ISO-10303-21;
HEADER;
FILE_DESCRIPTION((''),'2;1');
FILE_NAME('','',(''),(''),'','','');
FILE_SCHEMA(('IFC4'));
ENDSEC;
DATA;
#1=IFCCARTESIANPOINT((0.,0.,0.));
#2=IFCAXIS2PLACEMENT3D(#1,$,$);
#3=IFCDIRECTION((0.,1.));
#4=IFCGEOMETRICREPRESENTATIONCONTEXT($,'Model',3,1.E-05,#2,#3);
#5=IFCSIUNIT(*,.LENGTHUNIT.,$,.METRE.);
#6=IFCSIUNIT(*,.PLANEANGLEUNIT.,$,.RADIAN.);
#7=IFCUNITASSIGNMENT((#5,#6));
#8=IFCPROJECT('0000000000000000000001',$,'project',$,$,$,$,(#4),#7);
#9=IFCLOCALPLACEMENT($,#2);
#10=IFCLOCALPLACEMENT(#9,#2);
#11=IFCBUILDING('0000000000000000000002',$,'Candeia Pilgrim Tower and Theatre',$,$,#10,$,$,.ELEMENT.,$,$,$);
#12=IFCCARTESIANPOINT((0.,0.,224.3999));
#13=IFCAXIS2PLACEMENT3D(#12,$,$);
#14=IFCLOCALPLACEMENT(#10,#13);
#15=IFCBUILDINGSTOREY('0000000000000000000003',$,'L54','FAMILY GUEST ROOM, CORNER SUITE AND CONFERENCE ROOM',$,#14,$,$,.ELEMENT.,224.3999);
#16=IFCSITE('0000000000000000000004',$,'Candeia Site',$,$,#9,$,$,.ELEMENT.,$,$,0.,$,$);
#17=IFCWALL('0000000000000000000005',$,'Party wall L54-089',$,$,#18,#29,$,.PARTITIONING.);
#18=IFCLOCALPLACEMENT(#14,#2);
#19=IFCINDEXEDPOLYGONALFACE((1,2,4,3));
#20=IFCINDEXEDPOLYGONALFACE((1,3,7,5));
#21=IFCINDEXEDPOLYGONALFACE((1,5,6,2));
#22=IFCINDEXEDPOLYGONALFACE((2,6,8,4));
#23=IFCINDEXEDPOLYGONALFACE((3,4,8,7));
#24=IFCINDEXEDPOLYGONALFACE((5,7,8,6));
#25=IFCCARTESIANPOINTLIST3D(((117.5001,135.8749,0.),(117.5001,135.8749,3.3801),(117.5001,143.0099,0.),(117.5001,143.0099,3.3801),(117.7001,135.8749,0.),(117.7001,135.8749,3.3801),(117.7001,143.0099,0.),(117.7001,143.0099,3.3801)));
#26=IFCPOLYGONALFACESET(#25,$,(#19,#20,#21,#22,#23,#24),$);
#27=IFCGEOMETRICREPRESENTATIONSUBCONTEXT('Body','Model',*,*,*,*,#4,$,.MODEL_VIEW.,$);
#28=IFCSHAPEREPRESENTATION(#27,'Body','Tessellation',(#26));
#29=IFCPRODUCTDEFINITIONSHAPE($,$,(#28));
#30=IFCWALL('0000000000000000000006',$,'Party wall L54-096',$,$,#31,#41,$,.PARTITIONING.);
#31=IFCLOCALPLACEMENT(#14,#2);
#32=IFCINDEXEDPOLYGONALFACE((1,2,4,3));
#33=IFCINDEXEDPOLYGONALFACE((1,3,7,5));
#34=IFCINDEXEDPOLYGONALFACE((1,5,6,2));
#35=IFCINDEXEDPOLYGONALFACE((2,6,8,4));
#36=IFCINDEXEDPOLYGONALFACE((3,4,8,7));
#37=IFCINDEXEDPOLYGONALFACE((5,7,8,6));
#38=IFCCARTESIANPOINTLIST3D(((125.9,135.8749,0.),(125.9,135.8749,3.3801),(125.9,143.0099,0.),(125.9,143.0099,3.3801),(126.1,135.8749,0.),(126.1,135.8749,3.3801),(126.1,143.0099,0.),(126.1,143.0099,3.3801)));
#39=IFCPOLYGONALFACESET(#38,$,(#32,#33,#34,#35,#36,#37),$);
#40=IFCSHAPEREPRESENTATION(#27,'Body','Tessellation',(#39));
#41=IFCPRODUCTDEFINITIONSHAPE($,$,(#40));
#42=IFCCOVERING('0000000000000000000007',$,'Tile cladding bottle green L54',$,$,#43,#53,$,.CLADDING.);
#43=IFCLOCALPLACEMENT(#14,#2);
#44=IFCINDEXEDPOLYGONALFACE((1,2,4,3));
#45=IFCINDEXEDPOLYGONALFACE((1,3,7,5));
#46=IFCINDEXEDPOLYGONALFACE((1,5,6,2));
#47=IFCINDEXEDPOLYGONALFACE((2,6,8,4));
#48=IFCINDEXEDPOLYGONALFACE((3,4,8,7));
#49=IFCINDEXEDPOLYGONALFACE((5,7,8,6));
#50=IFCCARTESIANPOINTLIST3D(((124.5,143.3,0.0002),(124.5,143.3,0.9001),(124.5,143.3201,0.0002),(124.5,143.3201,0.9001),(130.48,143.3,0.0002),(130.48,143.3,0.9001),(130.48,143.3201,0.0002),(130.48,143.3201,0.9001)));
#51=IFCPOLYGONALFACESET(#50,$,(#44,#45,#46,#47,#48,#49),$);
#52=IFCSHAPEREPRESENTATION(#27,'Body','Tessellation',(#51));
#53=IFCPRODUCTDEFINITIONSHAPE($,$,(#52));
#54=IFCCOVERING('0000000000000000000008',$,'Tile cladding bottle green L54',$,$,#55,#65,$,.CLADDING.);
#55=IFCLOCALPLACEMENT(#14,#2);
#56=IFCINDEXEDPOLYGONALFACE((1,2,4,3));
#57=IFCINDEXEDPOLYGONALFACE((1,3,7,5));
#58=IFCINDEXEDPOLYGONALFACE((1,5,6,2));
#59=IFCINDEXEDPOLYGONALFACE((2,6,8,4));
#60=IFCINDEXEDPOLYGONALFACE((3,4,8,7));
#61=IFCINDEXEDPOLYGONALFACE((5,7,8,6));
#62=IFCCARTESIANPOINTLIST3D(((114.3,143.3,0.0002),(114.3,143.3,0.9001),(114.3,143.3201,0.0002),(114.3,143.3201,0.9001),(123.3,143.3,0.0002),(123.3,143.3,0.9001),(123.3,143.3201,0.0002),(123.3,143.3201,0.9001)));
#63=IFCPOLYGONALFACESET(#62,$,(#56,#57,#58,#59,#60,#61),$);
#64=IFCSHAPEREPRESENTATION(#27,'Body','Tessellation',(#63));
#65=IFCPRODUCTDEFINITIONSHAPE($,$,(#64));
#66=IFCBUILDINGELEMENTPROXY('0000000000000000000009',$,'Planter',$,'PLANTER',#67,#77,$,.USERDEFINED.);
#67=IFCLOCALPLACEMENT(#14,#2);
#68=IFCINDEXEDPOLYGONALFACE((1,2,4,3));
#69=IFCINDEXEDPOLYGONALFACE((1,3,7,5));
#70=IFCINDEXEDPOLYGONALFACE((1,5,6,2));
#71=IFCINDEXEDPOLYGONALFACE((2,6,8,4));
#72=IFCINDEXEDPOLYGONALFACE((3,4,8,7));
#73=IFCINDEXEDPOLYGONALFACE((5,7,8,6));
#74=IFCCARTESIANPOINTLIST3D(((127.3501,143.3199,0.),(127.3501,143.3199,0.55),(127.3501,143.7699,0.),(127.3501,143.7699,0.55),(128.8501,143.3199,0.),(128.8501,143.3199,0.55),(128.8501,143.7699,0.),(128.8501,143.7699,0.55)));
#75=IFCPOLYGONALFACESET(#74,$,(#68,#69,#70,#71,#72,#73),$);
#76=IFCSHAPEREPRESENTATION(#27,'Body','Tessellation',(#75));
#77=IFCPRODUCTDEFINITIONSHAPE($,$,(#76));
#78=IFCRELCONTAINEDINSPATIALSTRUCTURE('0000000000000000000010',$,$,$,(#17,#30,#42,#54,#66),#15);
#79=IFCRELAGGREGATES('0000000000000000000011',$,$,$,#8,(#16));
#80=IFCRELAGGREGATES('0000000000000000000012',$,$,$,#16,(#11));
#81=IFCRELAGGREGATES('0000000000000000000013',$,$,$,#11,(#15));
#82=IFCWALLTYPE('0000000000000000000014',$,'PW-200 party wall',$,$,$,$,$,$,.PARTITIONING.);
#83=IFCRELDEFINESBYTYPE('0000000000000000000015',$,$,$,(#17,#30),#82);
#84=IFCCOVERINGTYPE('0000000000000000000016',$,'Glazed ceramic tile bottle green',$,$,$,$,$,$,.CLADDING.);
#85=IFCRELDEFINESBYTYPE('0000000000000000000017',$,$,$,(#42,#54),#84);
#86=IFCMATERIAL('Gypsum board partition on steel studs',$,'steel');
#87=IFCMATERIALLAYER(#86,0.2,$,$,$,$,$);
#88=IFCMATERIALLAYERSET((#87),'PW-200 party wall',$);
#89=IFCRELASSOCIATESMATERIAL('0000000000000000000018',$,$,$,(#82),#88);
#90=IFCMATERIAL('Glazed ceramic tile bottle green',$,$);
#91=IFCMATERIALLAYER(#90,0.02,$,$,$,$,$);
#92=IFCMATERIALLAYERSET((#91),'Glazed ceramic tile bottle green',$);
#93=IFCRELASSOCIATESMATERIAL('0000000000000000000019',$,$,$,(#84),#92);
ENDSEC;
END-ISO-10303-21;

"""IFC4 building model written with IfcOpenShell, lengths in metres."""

from ifc_helpers import new_model, si_unit, direction, frame, frame_2d, origin, origin_2d, place, context, subcontext, project, spatial, rectangle, extrude, material, layer, layer_set, type_object, element, save


model = new_model("IFC4")

# Units and contexts
model_context = context("Model", 3, precision=1e-05, world=origin(), true_north=direction((0.0, 1.0)))
body_context = subcontext(model_context, "Body", "Model", "MODEL_VIEW")
ifc_project = project(units=[si_unit("LENGTHUNIT", "METRE"), si_unit("PLANEANGLEUNIT", "RADIAN")], contexts=[model_context])

# Site, building, storey
site_placement = place(None, origin())
site = spatial("IfcSite", under=ifc_project, at=site_placement, Name="Candeia Site", CompositionType="ELEMENT", RefElevation=0.0)
building_placement = place(site_placement, origin())
building = spatial("IfcBuilding", under=site, at=building_placement, Name="Candeia Pilgrim Tower and Theatre", CompositionType="ELEMENT")
storey_placement = place(building_placement, frame((0.0, 0.0, 224.3999)))
storey = spatial("IfcBuildingStorey", under=building, at=storey_placement, Name="L54", Description="FAMILY GUEST ROOM, CORNER SUITE AND CONFERENCE ROOM", CompositionType="ELEMENT", Elevation=224.3999)

# Shared definitions
ifc_material_1 = material(Name="Gypsum board partition on steel studs", Category="steel")

# Walls
ifc_layer_1 = layer(ifc_material_1, 0.2)
ifc_layer_set_1 = layer_set([ifc_layer_1], Name="PW-200 party wall")
wall_type_1 = type_object("IfcWallType", Name="PW-200 party wall", PredefinedType="PARTITIONING", material=ifc_layer_set_1)
for number, where, z_axis, x_axis, name in (
    (1, (117.6001, 135.875, 0.0), (0.0, 0.0, 1.0), (0.0, 1.0, 0.0), "Party wall L54-089"),
    (2, (126.0, 135.875, 0.0), (0.0, 0.0, 1.0), (0.0, 1.0, 0.0), "Party wall L54-096"),
):
    element("IfcWall", number, at=place(storey_placement, frame(where, z_axis=z_axis, x_axis=x_axis)), inside=storey, type_object=wall_type_1, Name=name, PredefinedType="PARTITIONING", context=body_context, shape_type="SweptSolid", body=[
        extrude(rectangle(XDim=7.135, YDim=0.2, at=frame_2d((3.5674, 0.0))), origin(), (0.0, 0.0, 1.0), 3.3801),
    ])

# Coverings
ifc_material_2 = material(Name="Glazed ceramic tile bottle green")
ifc_layer_2 = layer(ifc_material_2, 0.02)
ifc_layer_set_2 = layer_set([ifc_layer_2], Name="Glazed ceramic tile bottle green")
covering_type = type_object("IfcCoveringType", Name="Glazed ceramic tile bottle green", PredefinedType="CLADDING", material=ifc_layer_set_2)
covering_1_placement = place(storey_placement, frame((127.49, 143.3101, 0.0002), z_axis=(0.0, 0.0, 1.0), x_axis=(-1.0, 0.0, 0.0)))
element("IfcCovering", 3, at=covering_1_placement, inside=storey, type_object=covering_type, Name="Tile cladding bottle green L54", PredefinedType="CLADDING", context=body_context, shape_type="SweptSolid", body=[
    extrude(rectangle(XDim=5.98, YDim=0.02, at=origin_2d()), origin(), (0.0, 0.0, 1.0), 0.8999),
])
covering_2_placement = place(storey_placement, frame((118.8, 143.3101, 0.0002), z_axis=(0.0, 0.0, 1.0), x_axis=(-1.0, 0.0, 0.0)))
element("IfcCovering", 4, at=covering_2_placement, inside=storey, type_object=covering_type, Name="Tile cladding bottle green L54", PredefinedType="CLADDING", context=body_context, shape_type="SweptSolid", body=[
    extrude(rectangle(XDim=9.0, YDim=0.02, at=origin_2d()), origin(), (0.0, 0.0, 1.0), 0.8999),
])

# Building element proxy
proxy_placement = place(storey_placement, frame((128.1001, 143.5449, 0.0), z_axis=(0.0, 0.0, 1.0), x_axis=(-1.0, 0.0, 0.0)))
element("IfcBuildingElementProxy", 5, at=proxy_placement, inside=storey, Name="Planter", ObjectType="PLANTER", PredefinedType="USERDEFINED", context=body_context, shape_type="SweptSolid", body=[
    extrude(rectangle(XDim=1.5, YDim=0.45, at=origin_2d()), origin(), (0.0, 0.0, 1.0), 0.55),
])

save(model, "model.ifc")
